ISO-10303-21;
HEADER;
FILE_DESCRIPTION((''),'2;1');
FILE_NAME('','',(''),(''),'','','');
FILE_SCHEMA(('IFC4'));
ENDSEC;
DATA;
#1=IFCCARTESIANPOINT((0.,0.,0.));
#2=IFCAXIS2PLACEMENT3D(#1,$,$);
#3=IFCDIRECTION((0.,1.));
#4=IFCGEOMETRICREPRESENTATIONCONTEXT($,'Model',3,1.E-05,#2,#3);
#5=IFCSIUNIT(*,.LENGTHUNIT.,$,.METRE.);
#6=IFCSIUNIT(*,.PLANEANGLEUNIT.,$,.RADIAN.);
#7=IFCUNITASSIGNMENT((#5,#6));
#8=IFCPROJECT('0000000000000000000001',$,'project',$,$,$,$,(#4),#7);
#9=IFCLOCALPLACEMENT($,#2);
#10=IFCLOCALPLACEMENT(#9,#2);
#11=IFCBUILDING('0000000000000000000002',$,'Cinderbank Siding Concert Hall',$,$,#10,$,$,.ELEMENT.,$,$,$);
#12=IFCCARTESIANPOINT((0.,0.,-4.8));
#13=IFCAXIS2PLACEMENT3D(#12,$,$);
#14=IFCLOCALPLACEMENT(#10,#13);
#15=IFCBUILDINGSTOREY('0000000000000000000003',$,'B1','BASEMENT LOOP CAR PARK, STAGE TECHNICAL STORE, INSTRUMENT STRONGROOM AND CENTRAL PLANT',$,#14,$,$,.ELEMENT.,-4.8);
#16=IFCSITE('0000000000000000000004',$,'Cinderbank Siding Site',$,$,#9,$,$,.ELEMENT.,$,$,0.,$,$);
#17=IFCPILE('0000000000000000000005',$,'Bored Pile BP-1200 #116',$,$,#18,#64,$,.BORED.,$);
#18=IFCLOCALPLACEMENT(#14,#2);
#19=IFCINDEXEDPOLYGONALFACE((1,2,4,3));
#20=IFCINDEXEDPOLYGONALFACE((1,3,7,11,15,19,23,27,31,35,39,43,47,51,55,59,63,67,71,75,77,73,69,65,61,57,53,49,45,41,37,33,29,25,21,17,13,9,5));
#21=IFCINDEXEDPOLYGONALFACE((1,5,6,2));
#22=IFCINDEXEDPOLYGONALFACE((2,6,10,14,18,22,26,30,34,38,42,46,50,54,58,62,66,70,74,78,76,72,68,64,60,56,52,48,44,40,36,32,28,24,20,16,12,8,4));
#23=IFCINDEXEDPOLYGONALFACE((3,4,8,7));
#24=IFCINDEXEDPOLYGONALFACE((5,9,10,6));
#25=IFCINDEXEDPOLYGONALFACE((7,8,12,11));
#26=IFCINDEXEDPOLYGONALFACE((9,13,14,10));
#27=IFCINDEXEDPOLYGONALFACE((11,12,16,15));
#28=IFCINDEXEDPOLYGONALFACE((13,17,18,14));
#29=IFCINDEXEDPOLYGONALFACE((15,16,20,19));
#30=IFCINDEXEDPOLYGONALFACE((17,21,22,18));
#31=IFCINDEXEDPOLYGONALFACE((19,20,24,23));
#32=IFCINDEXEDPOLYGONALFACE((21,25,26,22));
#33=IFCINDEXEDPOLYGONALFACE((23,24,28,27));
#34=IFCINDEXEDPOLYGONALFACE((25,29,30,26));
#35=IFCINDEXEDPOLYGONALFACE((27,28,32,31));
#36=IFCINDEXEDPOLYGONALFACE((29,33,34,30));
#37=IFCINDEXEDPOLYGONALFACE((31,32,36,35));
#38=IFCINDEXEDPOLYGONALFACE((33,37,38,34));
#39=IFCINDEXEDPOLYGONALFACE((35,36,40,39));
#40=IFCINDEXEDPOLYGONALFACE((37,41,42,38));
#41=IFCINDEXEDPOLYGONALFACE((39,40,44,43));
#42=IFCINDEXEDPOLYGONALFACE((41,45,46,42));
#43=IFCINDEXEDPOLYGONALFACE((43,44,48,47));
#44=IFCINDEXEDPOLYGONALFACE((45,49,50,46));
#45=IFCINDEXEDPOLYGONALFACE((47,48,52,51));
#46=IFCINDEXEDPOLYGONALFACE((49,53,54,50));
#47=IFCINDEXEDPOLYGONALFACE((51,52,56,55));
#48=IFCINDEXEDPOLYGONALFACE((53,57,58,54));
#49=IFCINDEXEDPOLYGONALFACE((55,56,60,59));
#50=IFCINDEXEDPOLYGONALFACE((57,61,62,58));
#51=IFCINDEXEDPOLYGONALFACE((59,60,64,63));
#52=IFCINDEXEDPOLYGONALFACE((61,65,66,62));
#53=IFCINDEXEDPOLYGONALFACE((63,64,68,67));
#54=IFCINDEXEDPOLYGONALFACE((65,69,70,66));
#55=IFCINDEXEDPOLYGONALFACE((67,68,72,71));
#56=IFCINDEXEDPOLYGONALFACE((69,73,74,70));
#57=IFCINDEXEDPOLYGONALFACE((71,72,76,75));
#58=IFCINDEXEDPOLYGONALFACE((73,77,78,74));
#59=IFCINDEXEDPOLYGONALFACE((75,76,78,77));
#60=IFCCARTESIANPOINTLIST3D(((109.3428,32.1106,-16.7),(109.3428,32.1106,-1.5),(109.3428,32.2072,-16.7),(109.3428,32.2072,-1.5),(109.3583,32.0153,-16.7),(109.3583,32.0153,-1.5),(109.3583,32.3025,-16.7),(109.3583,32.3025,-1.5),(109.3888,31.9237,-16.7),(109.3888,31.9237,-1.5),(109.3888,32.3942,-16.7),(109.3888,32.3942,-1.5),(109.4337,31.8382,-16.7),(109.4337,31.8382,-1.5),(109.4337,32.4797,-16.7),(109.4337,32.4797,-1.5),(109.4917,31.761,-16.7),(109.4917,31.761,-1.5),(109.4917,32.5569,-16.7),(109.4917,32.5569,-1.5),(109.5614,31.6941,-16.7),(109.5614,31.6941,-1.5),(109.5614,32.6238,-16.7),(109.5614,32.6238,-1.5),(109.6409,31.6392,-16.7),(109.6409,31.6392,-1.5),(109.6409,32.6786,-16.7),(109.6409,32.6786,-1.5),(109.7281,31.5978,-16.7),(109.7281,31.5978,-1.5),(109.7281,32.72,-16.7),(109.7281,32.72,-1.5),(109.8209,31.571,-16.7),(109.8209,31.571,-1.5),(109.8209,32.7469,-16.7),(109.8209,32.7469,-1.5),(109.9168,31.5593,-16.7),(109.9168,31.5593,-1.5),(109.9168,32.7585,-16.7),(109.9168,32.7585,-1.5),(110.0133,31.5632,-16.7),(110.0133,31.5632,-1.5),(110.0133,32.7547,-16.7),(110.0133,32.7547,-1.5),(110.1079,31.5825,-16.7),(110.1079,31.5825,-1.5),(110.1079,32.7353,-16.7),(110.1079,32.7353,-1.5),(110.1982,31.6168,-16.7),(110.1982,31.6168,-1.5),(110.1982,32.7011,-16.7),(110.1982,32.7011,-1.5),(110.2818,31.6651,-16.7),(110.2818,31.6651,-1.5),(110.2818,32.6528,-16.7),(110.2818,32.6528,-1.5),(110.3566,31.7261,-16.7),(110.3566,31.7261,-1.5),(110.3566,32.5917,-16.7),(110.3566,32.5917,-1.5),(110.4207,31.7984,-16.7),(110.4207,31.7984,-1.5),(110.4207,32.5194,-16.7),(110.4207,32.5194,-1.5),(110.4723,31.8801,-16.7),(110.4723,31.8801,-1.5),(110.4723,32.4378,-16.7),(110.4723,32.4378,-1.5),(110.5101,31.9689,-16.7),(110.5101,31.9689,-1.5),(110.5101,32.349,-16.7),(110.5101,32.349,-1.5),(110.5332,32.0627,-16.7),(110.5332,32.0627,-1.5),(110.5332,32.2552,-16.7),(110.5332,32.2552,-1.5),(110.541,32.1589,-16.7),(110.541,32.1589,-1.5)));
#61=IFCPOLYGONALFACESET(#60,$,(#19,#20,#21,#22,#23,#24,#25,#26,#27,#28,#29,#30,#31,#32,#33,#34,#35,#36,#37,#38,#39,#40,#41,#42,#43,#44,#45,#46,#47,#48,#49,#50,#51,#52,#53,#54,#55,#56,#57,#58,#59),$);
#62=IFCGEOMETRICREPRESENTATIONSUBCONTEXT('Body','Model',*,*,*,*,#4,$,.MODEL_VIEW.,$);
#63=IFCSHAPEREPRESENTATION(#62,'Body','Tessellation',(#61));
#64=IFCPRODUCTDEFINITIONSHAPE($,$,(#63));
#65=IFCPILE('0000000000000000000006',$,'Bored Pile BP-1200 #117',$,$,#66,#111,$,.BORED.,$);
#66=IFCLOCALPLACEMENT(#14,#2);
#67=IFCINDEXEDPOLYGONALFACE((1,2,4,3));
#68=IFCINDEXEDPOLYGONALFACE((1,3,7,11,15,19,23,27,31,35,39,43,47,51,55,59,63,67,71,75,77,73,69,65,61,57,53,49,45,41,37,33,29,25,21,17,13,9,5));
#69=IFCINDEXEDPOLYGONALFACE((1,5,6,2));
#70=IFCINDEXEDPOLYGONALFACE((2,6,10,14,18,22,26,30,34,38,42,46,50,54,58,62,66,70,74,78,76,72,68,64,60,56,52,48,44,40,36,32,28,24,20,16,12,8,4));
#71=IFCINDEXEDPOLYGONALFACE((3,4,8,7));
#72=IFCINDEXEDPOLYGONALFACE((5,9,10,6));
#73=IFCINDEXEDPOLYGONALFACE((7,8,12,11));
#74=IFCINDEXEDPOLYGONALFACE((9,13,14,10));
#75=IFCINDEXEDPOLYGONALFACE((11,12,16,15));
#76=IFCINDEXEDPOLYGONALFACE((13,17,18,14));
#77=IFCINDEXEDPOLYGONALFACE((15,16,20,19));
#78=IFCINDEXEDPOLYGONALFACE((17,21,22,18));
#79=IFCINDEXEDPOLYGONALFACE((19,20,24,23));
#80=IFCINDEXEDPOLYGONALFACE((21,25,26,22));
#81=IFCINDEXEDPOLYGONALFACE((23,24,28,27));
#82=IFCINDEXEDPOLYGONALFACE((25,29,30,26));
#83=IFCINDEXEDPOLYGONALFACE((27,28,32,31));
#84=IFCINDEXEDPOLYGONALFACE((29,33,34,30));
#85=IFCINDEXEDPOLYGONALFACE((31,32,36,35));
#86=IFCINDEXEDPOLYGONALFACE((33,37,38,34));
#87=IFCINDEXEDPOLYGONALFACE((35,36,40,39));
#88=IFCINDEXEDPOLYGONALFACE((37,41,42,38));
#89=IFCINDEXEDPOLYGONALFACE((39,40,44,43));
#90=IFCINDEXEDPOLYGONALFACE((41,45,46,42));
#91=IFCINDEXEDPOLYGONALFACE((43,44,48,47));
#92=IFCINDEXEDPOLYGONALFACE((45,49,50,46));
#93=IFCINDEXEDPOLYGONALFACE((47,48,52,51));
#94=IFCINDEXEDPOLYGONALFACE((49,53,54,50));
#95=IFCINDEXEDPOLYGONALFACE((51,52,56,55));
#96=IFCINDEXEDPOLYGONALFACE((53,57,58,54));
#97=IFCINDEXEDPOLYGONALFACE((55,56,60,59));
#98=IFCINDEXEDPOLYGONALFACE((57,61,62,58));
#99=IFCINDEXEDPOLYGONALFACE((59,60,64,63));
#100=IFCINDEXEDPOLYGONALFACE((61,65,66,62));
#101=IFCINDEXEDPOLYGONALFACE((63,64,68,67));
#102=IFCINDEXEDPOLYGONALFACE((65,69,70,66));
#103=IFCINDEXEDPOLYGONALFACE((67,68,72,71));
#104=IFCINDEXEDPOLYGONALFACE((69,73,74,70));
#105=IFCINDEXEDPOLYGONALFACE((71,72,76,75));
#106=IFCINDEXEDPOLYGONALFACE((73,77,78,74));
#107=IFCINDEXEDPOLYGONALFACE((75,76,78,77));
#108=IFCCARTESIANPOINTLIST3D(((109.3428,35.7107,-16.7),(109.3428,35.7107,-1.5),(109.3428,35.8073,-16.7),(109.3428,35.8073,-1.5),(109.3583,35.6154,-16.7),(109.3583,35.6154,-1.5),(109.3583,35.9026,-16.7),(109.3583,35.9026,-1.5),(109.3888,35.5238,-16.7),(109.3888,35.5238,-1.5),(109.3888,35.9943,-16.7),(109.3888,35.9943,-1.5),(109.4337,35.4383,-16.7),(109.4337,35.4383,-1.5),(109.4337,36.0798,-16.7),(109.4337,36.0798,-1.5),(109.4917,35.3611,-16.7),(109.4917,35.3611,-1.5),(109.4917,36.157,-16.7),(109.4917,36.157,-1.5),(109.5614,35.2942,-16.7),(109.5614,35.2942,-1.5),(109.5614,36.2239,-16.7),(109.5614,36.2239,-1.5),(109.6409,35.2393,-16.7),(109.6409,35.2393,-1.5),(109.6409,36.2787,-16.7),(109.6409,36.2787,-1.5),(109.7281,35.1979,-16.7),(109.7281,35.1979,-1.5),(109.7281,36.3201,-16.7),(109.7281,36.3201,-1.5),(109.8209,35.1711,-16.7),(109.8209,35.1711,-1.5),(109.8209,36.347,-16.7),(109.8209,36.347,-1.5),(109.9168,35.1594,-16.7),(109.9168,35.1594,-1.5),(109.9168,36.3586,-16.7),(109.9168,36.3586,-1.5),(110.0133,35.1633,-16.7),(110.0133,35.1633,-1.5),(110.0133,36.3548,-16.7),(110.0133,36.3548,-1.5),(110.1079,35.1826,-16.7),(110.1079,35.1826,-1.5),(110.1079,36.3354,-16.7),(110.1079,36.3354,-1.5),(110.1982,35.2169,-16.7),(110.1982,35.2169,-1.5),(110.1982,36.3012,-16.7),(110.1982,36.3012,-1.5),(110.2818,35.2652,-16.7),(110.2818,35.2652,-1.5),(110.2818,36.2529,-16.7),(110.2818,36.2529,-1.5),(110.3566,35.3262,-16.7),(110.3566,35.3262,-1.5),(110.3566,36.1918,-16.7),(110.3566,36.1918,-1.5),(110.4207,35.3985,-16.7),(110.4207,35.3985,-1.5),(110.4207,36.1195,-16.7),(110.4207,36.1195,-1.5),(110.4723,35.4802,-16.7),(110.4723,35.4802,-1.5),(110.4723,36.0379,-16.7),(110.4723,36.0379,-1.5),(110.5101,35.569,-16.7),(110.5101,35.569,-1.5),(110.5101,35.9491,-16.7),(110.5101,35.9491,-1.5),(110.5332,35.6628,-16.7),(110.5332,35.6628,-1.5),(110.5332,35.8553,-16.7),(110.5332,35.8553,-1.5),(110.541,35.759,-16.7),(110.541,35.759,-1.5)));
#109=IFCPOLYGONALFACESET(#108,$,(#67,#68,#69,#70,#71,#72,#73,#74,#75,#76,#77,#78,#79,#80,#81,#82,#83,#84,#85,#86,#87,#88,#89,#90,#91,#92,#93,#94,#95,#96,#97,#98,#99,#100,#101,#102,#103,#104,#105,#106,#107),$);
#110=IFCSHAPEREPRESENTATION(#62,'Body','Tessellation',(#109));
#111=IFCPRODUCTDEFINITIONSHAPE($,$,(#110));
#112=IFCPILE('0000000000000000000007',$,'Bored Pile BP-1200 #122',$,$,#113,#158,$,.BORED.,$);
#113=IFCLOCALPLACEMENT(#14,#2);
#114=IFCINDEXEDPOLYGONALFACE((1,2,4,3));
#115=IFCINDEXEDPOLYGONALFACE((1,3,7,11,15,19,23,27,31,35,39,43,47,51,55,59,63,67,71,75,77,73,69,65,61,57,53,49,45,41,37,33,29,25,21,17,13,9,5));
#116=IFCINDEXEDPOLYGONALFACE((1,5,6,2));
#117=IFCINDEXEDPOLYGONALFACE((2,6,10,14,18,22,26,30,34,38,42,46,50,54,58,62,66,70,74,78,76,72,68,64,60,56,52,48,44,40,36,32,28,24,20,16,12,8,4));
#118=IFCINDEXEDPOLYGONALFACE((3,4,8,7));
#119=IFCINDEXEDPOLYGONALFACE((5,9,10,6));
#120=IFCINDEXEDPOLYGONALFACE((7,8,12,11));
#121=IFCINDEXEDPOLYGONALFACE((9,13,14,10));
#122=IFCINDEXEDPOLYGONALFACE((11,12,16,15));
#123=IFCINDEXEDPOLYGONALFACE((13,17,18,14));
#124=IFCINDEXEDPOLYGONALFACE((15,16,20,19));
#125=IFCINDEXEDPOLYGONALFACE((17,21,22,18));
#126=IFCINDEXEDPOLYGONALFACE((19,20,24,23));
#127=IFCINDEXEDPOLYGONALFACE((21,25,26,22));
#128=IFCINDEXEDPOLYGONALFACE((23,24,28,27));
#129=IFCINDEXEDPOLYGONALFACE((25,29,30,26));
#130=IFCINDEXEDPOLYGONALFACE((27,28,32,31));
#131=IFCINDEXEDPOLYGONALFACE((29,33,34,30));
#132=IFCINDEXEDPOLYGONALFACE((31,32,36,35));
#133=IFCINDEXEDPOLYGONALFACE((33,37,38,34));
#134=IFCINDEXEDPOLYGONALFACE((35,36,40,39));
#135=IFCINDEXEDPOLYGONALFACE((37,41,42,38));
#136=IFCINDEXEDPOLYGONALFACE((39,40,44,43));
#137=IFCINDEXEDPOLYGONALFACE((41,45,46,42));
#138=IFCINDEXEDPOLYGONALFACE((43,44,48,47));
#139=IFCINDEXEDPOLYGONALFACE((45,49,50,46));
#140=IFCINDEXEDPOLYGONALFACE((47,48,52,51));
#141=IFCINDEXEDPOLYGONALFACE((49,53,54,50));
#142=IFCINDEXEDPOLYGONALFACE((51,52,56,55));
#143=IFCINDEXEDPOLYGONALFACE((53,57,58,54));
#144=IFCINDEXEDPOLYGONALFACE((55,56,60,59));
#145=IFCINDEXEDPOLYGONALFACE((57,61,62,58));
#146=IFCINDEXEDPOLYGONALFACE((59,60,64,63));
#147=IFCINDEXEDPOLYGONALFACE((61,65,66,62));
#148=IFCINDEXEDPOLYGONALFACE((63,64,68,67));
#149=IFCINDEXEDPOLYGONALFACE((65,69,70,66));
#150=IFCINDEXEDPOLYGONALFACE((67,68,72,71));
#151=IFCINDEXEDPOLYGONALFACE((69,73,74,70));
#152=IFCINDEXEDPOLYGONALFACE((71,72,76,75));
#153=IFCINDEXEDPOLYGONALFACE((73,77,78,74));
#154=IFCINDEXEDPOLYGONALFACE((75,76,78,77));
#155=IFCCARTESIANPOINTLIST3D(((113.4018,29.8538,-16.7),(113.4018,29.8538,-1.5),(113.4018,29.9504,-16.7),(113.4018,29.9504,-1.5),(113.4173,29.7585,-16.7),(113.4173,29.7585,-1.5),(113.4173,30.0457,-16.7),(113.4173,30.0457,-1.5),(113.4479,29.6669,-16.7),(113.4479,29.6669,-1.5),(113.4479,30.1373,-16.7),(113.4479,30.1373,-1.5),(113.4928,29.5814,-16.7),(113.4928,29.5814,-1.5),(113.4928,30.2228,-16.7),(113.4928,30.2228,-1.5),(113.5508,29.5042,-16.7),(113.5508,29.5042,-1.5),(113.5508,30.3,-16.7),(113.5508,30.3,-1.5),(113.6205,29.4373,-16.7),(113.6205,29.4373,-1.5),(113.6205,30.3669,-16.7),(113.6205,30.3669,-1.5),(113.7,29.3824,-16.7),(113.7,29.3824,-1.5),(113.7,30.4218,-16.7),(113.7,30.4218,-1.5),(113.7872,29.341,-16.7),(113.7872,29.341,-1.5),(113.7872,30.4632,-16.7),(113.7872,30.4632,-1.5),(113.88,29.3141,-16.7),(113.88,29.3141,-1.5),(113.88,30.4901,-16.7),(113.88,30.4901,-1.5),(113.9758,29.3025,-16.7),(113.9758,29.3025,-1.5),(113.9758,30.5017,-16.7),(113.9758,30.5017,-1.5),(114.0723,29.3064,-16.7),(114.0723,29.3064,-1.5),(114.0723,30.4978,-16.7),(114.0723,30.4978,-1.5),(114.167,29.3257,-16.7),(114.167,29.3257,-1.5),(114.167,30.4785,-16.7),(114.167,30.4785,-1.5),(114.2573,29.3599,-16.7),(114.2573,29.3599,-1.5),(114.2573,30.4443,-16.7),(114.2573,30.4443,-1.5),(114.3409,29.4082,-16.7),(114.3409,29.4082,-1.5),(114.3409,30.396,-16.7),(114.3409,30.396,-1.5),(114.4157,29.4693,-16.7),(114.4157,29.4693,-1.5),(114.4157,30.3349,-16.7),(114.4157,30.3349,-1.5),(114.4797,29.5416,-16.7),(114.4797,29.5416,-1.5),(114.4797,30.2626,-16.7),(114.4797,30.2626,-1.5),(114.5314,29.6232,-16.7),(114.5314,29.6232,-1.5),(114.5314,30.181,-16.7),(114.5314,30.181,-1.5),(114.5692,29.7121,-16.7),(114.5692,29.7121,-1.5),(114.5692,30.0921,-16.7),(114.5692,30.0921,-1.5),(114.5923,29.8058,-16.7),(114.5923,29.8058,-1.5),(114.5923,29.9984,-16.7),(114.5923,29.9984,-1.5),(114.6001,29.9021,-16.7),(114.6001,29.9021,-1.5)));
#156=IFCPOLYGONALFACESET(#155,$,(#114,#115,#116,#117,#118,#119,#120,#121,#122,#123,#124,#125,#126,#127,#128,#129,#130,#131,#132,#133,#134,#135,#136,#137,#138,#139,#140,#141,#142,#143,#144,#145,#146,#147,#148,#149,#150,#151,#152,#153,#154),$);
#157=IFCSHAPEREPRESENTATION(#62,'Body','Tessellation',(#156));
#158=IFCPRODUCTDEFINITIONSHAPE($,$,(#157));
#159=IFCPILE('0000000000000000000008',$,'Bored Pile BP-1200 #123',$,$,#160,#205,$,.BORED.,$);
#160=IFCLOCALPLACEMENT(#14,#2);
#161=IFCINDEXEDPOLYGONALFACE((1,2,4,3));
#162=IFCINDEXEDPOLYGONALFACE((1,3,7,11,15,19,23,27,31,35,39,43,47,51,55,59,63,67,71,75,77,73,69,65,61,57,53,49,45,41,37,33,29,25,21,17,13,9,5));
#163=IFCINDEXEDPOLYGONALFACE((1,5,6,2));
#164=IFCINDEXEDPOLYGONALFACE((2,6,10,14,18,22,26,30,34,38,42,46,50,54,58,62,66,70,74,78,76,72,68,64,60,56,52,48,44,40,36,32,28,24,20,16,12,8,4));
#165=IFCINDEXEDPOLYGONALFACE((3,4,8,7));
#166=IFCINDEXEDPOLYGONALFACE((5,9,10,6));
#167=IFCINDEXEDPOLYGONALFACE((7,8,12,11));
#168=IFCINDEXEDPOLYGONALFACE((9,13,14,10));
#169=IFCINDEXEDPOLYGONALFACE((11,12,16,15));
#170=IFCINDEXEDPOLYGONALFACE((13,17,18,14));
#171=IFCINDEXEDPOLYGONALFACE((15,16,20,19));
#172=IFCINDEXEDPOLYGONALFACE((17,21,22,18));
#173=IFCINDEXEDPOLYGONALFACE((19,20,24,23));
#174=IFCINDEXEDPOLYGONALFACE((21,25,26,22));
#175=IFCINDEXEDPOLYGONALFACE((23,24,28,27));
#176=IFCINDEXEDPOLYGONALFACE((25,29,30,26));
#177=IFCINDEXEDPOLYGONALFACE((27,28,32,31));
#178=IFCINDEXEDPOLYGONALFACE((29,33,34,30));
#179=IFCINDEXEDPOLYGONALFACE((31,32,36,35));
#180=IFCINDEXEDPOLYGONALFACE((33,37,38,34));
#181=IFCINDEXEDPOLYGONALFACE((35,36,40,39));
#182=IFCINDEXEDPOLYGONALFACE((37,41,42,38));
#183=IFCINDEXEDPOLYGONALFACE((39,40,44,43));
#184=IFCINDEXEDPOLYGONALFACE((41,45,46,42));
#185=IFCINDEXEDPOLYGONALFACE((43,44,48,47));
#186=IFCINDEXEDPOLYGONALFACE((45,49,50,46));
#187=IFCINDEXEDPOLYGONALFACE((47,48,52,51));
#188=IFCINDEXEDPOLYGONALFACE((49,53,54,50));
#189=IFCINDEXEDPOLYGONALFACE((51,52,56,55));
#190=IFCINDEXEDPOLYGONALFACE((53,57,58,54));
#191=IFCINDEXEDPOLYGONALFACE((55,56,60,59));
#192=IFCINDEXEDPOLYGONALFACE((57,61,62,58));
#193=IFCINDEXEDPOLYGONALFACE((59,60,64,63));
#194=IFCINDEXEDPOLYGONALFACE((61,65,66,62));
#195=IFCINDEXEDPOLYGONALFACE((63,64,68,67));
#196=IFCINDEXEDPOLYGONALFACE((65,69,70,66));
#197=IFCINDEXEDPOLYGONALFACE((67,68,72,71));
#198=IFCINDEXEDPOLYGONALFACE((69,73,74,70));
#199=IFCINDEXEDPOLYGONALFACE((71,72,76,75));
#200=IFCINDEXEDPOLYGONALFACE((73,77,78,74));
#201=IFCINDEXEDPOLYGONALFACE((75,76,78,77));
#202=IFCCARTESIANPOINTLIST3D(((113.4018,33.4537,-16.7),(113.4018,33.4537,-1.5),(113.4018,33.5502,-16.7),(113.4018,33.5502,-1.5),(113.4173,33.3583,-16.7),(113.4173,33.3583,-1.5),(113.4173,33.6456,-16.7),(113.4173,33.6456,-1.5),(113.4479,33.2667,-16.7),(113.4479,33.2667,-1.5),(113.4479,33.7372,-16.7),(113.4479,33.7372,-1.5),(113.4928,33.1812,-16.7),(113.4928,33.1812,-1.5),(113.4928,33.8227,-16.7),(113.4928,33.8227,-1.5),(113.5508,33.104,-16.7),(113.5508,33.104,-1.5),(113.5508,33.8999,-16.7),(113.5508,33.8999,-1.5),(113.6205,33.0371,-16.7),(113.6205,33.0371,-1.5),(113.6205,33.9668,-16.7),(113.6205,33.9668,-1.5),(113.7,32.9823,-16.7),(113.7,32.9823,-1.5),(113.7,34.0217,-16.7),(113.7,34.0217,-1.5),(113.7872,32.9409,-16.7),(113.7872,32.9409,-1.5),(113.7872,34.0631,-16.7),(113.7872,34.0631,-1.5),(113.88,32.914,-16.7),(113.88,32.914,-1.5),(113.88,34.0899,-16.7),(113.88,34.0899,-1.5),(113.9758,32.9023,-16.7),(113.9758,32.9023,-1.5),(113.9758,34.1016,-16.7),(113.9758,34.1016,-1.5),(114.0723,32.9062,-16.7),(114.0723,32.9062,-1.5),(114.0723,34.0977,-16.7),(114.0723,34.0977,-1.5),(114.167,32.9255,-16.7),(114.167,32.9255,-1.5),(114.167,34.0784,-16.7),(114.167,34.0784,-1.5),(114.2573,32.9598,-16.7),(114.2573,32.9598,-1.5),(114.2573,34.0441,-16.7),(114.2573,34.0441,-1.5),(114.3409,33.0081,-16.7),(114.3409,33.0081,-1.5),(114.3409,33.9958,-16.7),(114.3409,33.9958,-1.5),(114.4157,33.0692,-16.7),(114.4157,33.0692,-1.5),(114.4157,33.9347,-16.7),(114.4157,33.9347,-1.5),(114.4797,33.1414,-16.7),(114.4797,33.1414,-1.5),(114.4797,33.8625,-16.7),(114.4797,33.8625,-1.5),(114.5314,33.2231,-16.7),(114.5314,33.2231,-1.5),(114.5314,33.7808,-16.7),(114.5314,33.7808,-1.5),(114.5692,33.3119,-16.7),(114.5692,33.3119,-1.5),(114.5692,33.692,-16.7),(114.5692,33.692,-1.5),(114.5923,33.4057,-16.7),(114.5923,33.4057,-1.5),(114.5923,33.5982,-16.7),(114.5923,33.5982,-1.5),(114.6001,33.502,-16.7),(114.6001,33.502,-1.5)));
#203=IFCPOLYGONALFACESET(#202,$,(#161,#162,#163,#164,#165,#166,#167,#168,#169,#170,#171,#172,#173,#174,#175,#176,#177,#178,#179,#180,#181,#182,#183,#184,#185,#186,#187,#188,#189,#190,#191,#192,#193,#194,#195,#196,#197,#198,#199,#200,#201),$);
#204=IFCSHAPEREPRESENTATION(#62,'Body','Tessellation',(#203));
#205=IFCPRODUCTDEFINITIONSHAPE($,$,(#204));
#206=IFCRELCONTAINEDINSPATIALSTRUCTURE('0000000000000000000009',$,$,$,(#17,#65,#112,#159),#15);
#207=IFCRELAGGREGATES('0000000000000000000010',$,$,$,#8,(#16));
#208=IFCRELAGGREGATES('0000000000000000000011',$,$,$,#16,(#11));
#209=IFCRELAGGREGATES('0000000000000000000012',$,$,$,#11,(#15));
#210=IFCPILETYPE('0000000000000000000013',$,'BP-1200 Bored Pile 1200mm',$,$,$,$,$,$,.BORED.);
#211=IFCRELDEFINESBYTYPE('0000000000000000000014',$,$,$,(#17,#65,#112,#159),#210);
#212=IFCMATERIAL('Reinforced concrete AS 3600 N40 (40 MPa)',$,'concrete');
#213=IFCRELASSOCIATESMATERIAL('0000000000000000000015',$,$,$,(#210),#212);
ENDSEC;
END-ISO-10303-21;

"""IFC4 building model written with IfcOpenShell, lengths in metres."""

from ifc_helpers import new_model, si_unit, direction, frame, origin, origin_2d, place, context, subcontext, project, spatial, circle, extrude, material, material_profile, profile_set, type_object, element, save


model = new_model("IFC4")

# Units and contexts
model_context = context("Model", 3, precision=1e-05, world=origin(), true_north=direction((0.0, 1.0)))
body_context = subcontext(model_context, "Body", "Model", "MODEL_VIEW")
ifc_project = project(units=[si_unit("LENGTHUNIT", "METRE"), si_unit("PLANEANGLEUNIT", "RADIAN")], contexts=[model_context])

# Site, building, storey
site_placement = place(None, origin())
site = spatial("IfcSite", under=ifc_project, at=site_placement, Name="Cinderbank Siding Site", CompositionType="ELEMENT", RefElevation=0.0)
building_placement = place(site_placement, origin())
building = spatial("IfcBuilding", under=site, at=building_placement, Name="Cinderbank Siding Concert Hall", CompositionType="ELEMENT")
storey_placement = place(building_placement, frame((0.0, 0.0, -4.8)))
storey = spatial("IfcBuildingStorey", under=building, at=storey_placement, Name="B1", Description="BASEMENT LOOP CAR PARK, STAGE TECHNICAL STORE, INSTRUMENT STRONGROOM AND CENTRAL PLANT", CompositionType="ELEMENT", Elevation=-4.8)

# Piles
ifc_material_1 = material(Name="Reinforced concrete AS 3600 N40 (40 MPa)", Category="concrete")
ifc_material_profile_1 = material_profile(ifc_material_1, circle(Radius=0.6001, at=origin_2d()), Name="PILE-1200DIA", Category="LoadBearing")
ifc_profile_set_1 = profile_set([ifc_material_profile_1], Name="Reinforced concrete AS 3600 N40 (40 MPa)")
pile_type = type_object("IfcPileType", Name="BP-1200 Bored Pile 1200mm", PredefinedType="BORED", material=ifc_profile_set_1)
for number, where, z_axis, x_axis, name in (
    (1, (109.9409, 32.1589, -1.5), (0.0, 0.0, -1.0), (1.0, 0.0, 0.0), "Bored Pile BP-1200 #116"),
    (2, (109.9409, 35.759, -1.5), (0.0, 0.0, -1.0), (1.0, 0.0, 0.0), "Bored Pile BP-1200 #117"),
    (3, (114.0, 29.9021, -1.5), (0.0, 0.0, -1.0), (1.0, 0.0, 0.0), "Bored Pile BP-1200 #122"),
    (4, (114.0, 33.502, -1.5), (0.0, 0.0, -1.0), (1.0, 0.0, 0.0), "Bored Pile BP-1200 #123"),
):
    element("IfcPile", number, at=place(storey_placement, frame(where, z_axis=z_axis, x_axis=x_axis)), inside=storey, type_object=pile_type, Name=name, PredefinedType="BORED", context=body_context, shape_type="SweptSolid", body=[
        extrude(circle(Radius=0.6001, at=origin_2d()), origin(), (0.0, 0.0, 1.0), 15.2),
    ])

save(model, "model.ifc")
